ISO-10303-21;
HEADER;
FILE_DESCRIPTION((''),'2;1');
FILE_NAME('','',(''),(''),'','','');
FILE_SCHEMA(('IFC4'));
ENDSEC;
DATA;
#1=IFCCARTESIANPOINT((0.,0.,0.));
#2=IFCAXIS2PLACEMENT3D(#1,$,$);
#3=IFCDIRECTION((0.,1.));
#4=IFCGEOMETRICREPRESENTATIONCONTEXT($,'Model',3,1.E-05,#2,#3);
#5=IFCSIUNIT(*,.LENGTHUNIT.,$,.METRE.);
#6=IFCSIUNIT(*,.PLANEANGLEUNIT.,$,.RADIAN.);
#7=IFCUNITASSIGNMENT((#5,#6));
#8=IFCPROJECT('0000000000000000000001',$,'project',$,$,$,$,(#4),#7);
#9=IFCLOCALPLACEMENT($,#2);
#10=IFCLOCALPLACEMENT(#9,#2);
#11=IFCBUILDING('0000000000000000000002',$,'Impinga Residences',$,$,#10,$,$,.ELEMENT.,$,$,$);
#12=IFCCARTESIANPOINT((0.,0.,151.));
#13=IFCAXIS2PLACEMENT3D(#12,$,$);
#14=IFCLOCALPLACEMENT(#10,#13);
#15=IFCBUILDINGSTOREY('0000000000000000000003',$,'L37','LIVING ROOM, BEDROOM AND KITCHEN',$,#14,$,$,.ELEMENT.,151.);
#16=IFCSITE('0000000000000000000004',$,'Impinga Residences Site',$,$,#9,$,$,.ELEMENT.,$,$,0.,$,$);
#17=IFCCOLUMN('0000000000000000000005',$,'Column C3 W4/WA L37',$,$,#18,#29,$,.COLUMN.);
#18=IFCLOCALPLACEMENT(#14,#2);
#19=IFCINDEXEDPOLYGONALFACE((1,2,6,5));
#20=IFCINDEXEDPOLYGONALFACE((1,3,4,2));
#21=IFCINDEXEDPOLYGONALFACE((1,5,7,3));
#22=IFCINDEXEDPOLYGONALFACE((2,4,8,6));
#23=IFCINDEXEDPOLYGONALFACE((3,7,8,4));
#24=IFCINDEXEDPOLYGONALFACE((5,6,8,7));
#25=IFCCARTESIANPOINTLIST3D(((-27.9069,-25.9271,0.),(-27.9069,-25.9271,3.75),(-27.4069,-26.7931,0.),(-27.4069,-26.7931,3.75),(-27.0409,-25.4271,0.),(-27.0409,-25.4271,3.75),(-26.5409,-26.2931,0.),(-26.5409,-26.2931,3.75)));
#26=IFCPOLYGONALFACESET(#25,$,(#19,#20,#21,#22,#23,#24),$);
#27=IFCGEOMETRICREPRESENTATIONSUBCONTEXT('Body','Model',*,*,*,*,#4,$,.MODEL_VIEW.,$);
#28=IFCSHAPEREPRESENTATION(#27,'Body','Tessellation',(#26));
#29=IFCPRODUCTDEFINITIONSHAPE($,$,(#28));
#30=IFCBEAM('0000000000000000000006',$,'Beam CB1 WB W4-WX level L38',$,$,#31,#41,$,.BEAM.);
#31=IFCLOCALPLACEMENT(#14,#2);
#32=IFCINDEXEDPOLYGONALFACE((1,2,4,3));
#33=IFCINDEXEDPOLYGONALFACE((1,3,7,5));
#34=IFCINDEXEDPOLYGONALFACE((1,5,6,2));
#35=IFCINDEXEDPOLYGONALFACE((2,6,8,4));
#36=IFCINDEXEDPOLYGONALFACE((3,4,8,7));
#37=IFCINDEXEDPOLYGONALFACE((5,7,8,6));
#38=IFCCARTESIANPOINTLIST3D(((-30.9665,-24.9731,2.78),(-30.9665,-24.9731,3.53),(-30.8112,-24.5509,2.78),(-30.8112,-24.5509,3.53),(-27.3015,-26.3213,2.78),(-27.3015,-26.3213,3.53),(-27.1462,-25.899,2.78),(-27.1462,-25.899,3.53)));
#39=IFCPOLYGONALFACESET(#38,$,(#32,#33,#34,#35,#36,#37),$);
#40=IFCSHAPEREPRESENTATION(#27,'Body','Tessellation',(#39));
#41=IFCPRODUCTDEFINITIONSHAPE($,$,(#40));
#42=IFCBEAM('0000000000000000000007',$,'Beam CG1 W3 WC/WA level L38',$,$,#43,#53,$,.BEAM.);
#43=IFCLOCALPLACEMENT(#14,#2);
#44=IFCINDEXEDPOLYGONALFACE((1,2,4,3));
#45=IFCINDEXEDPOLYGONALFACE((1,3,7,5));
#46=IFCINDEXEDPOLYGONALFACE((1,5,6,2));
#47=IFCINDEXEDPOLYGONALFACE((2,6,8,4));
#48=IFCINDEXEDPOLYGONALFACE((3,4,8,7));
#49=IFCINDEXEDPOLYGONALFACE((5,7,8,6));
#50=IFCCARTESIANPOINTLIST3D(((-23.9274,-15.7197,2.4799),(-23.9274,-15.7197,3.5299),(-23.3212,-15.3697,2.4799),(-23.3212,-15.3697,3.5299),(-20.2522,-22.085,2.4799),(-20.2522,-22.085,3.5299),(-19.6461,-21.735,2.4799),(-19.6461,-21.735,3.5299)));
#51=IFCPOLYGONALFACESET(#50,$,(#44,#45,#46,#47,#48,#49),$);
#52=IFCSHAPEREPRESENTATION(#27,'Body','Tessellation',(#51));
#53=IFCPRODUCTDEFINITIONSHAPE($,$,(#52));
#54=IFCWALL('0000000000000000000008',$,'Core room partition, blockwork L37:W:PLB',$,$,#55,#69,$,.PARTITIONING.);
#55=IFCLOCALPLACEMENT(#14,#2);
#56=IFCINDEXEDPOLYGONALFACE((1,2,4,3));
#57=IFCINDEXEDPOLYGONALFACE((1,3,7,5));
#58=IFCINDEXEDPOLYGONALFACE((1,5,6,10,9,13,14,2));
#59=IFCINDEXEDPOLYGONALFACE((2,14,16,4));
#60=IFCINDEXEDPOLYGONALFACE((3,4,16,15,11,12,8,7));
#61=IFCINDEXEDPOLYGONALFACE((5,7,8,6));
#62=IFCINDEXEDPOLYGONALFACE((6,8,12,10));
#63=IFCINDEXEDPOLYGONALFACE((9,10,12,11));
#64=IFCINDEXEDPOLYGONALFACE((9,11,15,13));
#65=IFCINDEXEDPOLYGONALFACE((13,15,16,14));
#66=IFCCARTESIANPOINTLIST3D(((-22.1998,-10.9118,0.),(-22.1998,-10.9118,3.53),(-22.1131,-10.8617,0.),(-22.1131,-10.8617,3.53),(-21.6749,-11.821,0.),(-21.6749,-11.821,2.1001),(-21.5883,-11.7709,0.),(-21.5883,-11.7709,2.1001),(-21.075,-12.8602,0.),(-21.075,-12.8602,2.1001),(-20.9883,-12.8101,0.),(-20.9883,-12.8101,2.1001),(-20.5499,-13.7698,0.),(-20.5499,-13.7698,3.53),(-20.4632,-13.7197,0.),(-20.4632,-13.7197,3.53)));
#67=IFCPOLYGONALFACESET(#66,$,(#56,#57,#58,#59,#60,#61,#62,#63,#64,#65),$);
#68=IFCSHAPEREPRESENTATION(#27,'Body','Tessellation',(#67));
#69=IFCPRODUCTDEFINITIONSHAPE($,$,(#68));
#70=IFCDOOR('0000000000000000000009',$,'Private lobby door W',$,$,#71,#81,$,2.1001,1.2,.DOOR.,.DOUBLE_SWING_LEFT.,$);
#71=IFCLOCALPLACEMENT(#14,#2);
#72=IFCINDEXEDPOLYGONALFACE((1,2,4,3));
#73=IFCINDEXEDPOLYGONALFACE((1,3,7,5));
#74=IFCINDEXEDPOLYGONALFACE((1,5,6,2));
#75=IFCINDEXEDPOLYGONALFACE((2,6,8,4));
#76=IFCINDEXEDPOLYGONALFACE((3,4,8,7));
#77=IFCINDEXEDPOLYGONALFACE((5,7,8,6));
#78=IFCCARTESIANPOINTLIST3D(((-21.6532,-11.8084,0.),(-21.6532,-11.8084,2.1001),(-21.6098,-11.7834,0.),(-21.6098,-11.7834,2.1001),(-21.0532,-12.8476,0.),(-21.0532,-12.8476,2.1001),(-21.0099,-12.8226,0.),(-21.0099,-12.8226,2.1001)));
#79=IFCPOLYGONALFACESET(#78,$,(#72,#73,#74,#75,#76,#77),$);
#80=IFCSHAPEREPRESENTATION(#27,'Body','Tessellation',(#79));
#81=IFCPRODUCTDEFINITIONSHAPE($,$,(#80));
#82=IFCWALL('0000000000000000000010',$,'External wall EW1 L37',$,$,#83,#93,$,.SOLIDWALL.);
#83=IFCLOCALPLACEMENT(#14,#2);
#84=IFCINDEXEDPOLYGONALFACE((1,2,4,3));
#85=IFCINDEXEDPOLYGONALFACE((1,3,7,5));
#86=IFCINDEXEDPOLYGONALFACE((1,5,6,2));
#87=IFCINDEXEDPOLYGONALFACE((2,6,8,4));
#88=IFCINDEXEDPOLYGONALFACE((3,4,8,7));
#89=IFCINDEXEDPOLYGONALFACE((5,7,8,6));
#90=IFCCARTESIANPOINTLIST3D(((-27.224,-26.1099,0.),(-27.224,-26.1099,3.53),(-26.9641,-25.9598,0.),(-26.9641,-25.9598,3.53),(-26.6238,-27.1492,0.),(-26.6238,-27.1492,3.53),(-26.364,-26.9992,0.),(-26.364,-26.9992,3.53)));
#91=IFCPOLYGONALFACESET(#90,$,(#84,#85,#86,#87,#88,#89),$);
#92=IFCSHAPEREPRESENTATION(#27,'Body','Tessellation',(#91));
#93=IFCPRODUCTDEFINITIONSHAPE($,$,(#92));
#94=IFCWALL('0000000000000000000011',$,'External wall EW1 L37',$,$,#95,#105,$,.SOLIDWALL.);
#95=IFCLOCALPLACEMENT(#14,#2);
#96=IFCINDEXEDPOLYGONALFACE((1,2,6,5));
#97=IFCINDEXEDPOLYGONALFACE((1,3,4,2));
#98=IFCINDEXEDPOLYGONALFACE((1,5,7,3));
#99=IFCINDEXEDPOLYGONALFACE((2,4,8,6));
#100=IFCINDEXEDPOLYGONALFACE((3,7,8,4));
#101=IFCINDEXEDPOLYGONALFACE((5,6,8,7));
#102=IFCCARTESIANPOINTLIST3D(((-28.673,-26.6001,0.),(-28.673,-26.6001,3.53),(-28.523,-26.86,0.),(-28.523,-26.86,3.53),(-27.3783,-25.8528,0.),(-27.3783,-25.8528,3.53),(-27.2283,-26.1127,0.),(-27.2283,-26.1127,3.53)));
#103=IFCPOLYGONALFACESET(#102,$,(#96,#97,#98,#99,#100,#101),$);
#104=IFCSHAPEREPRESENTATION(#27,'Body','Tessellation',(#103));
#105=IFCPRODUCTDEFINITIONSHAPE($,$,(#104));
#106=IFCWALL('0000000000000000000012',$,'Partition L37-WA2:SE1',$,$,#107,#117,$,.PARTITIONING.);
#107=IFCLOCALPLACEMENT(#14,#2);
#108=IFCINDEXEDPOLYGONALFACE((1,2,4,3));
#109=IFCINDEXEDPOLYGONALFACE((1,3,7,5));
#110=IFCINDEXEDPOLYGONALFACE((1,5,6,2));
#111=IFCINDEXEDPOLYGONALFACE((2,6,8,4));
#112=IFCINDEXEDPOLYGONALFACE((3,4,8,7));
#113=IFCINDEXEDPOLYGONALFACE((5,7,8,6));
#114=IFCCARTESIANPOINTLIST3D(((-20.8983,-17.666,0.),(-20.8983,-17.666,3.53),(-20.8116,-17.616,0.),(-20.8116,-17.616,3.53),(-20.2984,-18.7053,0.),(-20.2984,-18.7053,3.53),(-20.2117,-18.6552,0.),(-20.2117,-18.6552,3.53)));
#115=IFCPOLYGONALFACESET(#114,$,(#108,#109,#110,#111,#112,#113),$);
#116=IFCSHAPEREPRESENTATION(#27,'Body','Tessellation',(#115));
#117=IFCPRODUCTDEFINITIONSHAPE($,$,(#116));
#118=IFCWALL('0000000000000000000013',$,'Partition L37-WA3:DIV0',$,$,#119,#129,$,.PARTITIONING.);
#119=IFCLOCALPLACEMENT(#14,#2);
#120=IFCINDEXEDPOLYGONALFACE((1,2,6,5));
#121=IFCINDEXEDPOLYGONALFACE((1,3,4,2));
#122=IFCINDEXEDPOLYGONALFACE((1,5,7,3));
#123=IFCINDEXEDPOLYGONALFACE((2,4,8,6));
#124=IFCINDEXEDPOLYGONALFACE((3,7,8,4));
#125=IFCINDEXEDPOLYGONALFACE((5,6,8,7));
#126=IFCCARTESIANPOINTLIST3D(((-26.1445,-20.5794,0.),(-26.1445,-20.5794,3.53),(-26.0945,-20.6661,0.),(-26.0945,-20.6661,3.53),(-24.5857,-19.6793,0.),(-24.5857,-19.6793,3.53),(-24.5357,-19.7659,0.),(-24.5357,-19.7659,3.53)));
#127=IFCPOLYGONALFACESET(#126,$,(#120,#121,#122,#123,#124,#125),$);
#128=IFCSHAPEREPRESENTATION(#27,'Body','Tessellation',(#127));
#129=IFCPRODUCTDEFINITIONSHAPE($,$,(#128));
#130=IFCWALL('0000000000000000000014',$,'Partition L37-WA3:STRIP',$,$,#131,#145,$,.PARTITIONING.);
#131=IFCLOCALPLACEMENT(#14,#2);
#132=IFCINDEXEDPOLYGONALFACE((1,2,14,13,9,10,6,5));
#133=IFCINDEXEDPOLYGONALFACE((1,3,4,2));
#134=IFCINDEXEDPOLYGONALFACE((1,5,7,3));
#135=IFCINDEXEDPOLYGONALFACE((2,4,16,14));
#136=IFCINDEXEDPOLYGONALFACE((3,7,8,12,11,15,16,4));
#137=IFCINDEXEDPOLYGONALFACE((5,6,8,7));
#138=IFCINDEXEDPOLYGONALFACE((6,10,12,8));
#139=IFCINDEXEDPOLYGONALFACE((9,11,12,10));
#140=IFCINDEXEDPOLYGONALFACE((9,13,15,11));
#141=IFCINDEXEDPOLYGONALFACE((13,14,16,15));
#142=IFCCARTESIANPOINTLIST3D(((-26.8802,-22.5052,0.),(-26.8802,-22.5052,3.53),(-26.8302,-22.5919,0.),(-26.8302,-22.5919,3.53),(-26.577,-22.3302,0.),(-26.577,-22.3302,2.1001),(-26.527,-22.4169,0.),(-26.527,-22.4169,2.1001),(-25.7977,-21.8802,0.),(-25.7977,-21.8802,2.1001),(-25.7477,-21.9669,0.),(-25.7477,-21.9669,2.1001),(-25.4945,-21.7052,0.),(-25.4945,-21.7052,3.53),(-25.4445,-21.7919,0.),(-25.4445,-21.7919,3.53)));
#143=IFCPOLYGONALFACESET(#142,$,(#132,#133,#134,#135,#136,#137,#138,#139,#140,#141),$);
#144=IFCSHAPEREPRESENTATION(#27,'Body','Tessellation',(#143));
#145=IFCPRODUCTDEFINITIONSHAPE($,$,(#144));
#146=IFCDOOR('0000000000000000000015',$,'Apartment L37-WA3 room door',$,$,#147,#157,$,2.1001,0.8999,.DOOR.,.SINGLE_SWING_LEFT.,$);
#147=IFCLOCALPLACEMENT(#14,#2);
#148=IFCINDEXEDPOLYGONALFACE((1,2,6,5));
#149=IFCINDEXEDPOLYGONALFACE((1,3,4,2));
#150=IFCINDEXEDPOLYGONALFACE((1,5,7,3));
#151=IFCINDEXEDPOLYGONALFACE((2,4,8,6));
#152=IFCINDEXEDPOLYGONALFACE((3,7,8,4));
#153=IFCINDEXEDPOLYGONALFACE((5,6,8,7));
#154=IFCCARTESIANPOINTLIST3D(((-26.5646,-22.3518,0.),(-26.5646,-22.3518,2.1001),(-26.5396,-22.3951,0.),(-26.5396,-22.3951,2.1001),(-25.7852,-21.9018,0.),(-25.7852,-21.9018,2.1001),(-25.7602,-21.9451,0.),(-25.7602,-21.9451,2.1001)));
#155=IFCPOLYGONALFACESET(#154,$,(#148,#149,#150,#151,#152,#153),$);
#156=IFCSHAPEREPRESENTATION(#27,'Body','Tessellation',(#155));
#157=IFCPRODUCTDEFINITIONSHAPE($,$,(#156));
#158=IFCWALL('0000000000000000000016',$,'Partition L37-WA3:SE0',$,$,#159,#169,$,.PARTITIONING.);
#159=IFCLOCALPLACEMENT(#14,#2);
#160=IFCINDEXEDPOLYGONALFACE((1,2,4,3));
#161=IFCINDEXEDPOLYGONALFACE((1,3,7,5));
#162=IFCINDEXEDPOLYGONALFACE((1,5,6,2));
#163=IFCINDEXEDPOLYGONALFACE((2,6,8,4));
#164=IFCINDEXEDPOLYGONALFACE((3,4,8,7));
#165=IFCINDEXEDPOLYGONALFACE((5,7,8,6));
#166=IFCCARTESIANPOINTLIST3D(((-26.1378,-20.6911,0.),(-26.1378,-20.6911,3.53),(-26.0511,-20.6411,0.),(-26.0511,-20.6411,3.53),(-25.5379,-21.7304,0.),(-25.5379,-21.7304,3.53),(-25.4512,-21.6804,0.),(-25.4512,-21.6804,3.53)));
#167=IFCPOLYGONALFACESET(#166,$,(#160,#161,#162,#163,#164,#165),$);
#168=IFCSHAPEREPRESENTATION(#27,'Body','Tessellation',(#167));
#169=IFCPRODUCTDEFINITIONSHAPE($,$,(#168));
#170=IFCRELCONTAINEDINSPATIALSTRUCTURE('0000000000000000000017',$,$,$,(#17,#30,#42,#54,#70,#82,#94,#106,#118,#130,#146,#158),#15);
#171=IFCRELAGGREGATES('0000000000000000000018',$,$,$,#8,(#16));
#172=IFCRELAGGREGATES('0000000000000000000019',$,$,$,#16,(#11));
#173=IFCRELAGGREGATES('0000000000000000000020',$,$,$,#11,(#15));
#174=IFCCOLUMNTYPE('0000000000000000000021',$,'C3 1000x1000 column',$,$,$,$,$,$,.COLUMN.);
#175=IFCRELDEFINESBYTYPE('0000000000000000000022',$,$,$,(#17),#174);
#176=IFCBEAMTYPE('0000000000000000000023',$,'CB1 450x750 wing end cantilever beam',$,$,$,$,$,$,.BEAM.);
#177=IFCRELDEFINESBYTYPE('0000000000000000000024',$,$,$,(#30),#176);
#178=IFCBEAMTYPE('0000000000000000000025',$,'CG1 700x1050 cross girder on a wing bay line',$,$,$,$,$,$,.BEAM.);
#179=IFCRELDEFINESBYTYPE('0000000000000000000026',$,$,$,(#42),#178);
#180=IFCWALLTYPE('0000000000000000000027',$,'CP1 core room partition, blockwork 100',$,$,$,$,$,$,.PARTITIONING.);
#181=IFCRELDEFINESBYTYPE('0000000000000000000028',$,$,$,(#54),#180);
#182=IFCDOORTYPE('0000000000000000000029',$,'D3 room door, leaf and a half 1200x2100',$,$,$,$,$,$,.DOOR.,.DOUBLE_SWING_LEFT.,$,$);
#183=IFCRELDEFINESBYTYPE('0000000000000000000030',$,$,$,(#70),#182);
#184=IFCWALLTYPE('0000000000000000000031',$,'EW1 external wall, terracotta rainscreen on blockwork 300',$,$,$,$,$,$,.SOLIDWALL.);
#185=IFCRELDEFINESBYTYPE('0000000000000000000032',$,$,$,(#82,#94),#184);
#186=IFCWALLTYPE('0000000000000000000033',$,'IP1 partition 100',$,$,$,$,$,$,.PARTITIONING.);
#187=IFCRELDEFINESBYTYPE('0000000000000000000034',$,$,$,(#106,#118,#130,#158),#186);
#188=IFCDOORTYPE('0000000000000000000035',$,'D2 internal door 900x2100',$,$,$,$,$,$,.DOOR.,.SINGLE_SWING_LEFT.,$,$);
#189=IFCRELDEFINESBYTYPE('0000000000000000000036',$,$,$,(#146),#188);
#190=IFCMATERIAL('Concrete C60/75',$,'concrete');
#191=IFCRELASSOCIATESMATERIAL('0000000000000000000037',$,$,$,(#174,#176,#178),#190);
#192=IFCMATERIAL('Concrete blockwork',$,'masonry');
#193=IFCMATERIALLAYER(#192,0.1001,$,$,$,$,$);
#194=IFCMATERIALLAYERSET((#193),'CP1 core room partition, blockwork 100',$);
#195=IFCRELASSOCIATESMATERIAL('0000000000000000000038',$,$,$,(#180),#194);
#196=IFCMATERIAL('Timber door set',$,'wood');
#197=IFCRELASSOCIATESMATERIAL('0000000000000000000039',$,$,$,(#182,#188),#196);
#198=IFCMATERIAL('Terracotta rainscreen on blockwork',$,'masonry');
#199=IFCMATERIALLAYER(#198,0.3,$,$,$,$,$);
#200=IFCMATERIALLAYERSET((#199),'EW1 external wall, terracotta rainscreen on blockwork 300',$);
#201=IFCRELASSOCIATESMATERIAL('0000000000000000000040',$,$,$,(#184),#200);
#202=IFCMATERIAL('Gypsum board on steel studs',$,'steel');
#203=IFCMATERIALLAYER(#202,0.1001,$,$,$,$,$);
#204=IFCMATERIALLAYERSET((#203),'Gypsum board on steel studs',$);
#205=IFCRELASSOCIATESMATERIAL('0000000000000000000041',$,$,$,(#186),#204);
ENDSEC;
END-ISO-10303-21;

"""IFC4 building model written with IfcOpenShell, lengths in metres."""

from ifc_helpers import new_model, si_unit, direction, frame, frame_2d, origin, origin_2d, place, context, subcontext, project, spatial, rectangle, extrude, material, layer, layer_set, material_profile, profile_set, type_object, element, fill, save


model = new_model("IFC4")

# Units and contexts
model_context = context("Model", 3, precision=1e-05, world=origin(), true_north=direction((0.0, 1.0)))
body_context = subcontext(model_context, "Body", "Model", "MODEL_VIEW")
ifc_project = project(units=[si_unit("LENGTHUNIT", "METRE"), si_unit("PLANEANGLEUNIT", "RADIAN")], contexts=[model_context])

# Site, building, storey
site_placement = place(None, origin())
site = spatial("IfcSite", under=ifc_project, at=site_placement, Name="Impinga Residences Site", CompositionType="ELEMENT", RefElevation=0.0)
building_placement = place(site_placement, origin())
building = spatial("IfcBuilding", under=site, at=building_placement, Name="Impinga Residences", CompositionType="ELEMENT")
storey_placement = place(building_placement, frame((0.0, 0.0, 151.0)))
storey = spatial("IfcBuildingStorey", under=building, at=storey_placement, Name="L37", Description="LIVING ROOM, BEDROOM AND KITCHEN", CompositionType="ELEMENT", Elevation=151.0)

# Column
ifc_material_1 = material(Name="Concrete C60/75", Category="concrete")
ifc_material_profile_1 = material_profile(ifc_material_1, rectangle(XDim=1.0, YDim=1.0, at=origin_2d()), Name="RC 1000x1000")
ifc_profile_set_1 = profile_set([ifc_material_profile_1], Name="Concrete C60/75")
column_type = type_object("IfcColumnType", Name="C3 1000x1000 column", PredefinedType="COLUMN", material=ifc_profile_set_1)
column_placement = place(storey_placement, frame((-27.2239, -26.1101, 0.0), z_axis=(0.0, 0.0, 1.0), x_axis=(-0.5, 0.866025, 0.0)))
element("IfcColumn", 1, at=column_placement, inside=storey, type_object=column_type, Name="Column C3 W4/WA L37", PredefinedType="COLUMN", context=body_context, shape_type="SweptSolid", body=[
    extrude(rectangle(XDim=1.0, YDim=1.0, at=origin_2d()), origin(), (0.0, 0.0, 1.0), 3.75),
])

# Beams
ifc_material_profile_2 = material_profile(ifc_material_1, rectangle(XDim=0.45, YDim=0.75, at=origin_2d()), Name="RC 450x750")
ifc_profile_set_2 = profile_set([ifc_material_profile_2], Name="Concrete C60/75")
beam_type_1 = type_object("IfcBeamType", Name="CB1 450x750 wing end cantilever beam", PredefinedType="BEAM", material=ifc_profile_set_2)
beam_1_placement = place(storey_placement, frame((-27.2239, -26.1101, 3.155), z_axis=(-0.93852, 0.345224, 0.0), x_axis=(-0.345224, -0.93852, 0.0)))
element("IfcBeam", 2, at=beam_1_placement, inside=storey, type_object=beam_type_1, Name="Beam CB1 WB W4-WX level L38", PredefinedType="BEAM", context=body_context, shape_type="SweptSolid", body=[
    extrude(rectangle(XDim=0.45, YDim=0.75, at=origin_2d()), origin(), (0.0, 0.0, 1.0), 3.905),
])
ifc_material_profile_3 = material_profile(ifc_material_1, rectangle(XDim=0.7, YDim=1.05, at=origin_2d()), Name="RC 700x1050")
ifc_profile_set_3 = profile_set([ifc_material_profile_3], Name="Concrete C60/75")
beam_type_2 = type_object("IfcBeamType", Name="CG1 700x1050 cross girder on a wing bay line", PredefinedType="BEAM", material=ifc_profile_set_3)
beam_2_placement = place(storey_placement, frame((-23.6243, -15.5447, 3.0049), z_axis=(0.500008, -0.866021, 0.0), x_axis=(0.866021, 0.500008, 0.0)))
element("IfcBeam", 3, at=beam_2_placement, inside=storey, type_object=beam_type_2, Name="Beam CG1 W3 WC/WA level L38", PredefinedType="BEAM", context=body_context, shape_type="SweptSolid", body=[
    extrude(rectangle(XDim=0.7, YDim=1.05, at=origin_2d()), origin(), (0.0, 0.0, 1.0), 7.3501),
])

# Wall, opening, door
ifc_material_2 = material(Name="Concrete blockwork", Category="masonry")
ifc_layer_1 = layer(ifc_material_2, 0.1001)
ifc_layer_set_1 = layer_set([ifc_layer_1], Name="CP1 core room partition, blockwork 100")
wall_type_1 = type_object("IfcWallType", Name="CP1 core room partition, blockwork 100", PredefinedType="PARTITIONING", material=ifc_layer_set_1)
wall_1_placement = place(storey_placement, frame((-20.5066, -13.7446, 0.0), z_axis=(0.0, 0.0, 1.0), x_axis=(-0.499974, 0.86604, 0.0)))
wall_1 = element("IfcWall", 4, at=wall_1_placement, inside=storey, type_object=wall_type_1, Name="Core room partition, blockwork L37:W:PLB", PredefinedType="PARTITIONING", context=body_context, shape_type="SweptSolid", body=[
    extrude(rectangle(XDim=3.3, YDim=0.1001, at=frame_2d((1.6499, 0.0))), origin(), (0.0, 0.0, 1.0), 3.53),
])
opening_1_placement = place(wall_1_placement, frame((1.05, 0.0, 0.0)))
opening_1 = element("IfcOpeningElement", 5, at=opening_1_placement, cuts=wall_1, PredefinedType="OPENING", context=body_context, shape_type="SweptSolid", body=[
    extrude(rectangle(XDim=1.2, YDim=2.1001, at=frame_2d((0.6001, 1.05))), frame((0.0, 0.0601, 0.0), z_axis=(0.0, -1.0, 0.0), x_axis=(1.0, 0.0, 0.0)), (0.0, 0.0, 1.0), 0.1201),
])
ifc_material_3 = material(Name="Timber door set", Category="wood")
door_type_1 = type_object("IfcDoorType", Name="D3 room door, leaf and a half 1200x2100", OperationType="DOUBLE_SWING_LEFT", PredefinedType="DOOR", material=ifc_material_3)
door_1_placement = place(opening_1_placement, origin())
door_1 = element("IfcDoor", 6, at=door_1_placement, inside=storey, type_object=door_type_1, Name="Private lobby door W", OperationType="DOUBLE_SWING_LEFT", OverallHeight=2.1001, OverallWidth=1.2, PredefinedType="DOOR", context=body_context, shape_type="SweptSolid", body=[
    extrude(rectangle(XDim=1.2, YDim=2.1001, at=frame_2d((0.6001, 1.05))), frame((0.0, 0.0249, 0.0), z_axis=(0.0, -1.0, 0.0), x_axis=(1.0, 0.0, 0.0)), (0.0, 0.0, 1.0), 0.05),
])
fill(opening_1, door_1)

# Walls
ifc_material_4 = material(Name="Terracotta rainscreen on blockwork", Category="masonry")
ifc_layer_2 = layer(ifc_material_4, 0.3)
ifc_layer_set_2 = layer_set([ifc_layer_2], Name="EW1 external wall, terracotta rainscreen on blockwork 300")
wall_type_2 = type_object("IfcWallType", Name="EW1 external wall, terracotta rainscreen on blockwork 300", PredefinedType="SOLIDWALL", material=ifc_layer_set_2)
wall_2_placement = place(storey_placement, frame((-26.4939, -27.0742, 0.0), z_axis=(0.0, 0.0, 1.0), x_axis=(-0.500034, 0.866006, 0.0)))
element("IfcWall", 7, at=wall_2_placement, inside=storey, type_object=wall_type_2, Name="External wall EW1 L37", PredefinedType="SOLIDWALL", context=body_context, shape_type="SweptSolid", body=[
    extrude(rectangle(XDim=1.2002, YDim=0.3, at=frame_2d((0.6001, 0.0))), origin(), (0.0, 0.0, 1.0), 3.53),
])
wall_3_placement = place(storey_placement, frame((-27.3032, -25.9827, 0.0), z_axis=(0.0, 0.0, 1.0), x_axis=(-0.866074, -0.499916, 0.0)))
element("IfcWall", 8, at=wall_3_placement, inside=storey, type_object=wall_type_2, Name="External wall EW1 L37", PredefinedType="SOLIDWALL", context=body_context, shape_type="SweptSolid", body=[
    extrude(rectangle(XDim=1.4949, YDim=0.3, at=frame_2d((0.7476, 0.0))), origin(), (0.0, 0.0, 1.0), 3.53),
])
ifc_material_5 = material(Name="Gypsum board on steel studs", Category="steel")
ifc_layer_3 = layer(ifc_material_5, 0.1001)
ifc_layer_set_3 = layer_set([ifc_layer_3], Name="Gypsum board on steel studs")
wall_type_3 = type_object("IfcWallType", Name="IP1 partition 100", PredefinedType="PARTITIONING", material=ifc_layer_set_3)
wall_4_placement = place(storey_placement, frame((-20.855, -17.6409, 0.0), z_axis=(0.0, 0.0, 1.0), x_axis=(0.499881, -0.866094, 0.0)))
element("IfcWall", 9, at=wall_4_placement, inside=storey, type_object=wall_type_3, Name="Partition L37-WA2:SE1", PredefinedType="PARTITIONING", context=body_context, shape_type="SweptSolid", body=[
    extrude(rectangle(XDim=1.2, YDim=0.1001, at=frame_2d((0.6001, 0.0))), origin(), (0.0, 0.0, 1.0), 3.53),
])
wall_5_placement = place(storey_placement, frame((-24.5608, -19.7227, 0.0), z_axis=(0.0, 0.0, 1.0), x_axis=(-0.865989, -0.500063, 0.0)))
element("IfcWall", 10, at=wall_5_placement, inside=storey, type_object=wall_type_3, Name="Partition L37-WA3:DIV0", PredefinedType="PARTITIONING", context=body_context, shape_type="SweptSolid", body=[
    extrude(rectangle(XDim=1.8, YDim=0.1001, at=frame_2d((0.8999, 0.0))), origin(), (0.0, 0.0, 1.0), 3.53),
])

# Wall, opening, door
wall_6_placement = place(storey_placement, frame((-25.4695, -21.7485, 0.0), z_axis=(0.0, 0.0, 1.0), x_axis=(-0.866028, -0.499995, 0.0)))
wall_6 = element("IfcWall", 11, at=wall_6_placement, inside=storey, type_object=wall_type_3, Name="Partition L37-WA3:STRIP", PredefinedType="PARTITIONING", context=body_context, shape_type="SweptSolid", body=[
    extrude(rectangle(XDim=1.6001, YDim=0.1001, at=frame_2d((0.8, 0.0))), origin(), (0.0, 0.0, 1.0), 3.53),
])
opening_2_placement = place(wall_6_placement, frame((0.3501, 0.0, 0.0)))
opening_2 = element("IfcOpeningElement", 12, at=opening_2_placement, cuts=wall_6, PredefinedType="OPENING", context=body_context, shape_type="SweptSolid", body=[
    extrude(rectangle(XDim=0.8999, YDim=2.1001, at=frame_2d((0.45, 1.05))), frame((0.0, 0.0601, 0.0), z_axis=(0.0, -1.0, 0.0), x_axis=(1.0, 0.0, 0.0)), (0.0, 0.0, 1.0), 0.1201),
])
door_type_2 = type_object("IfcDoorType", Name="D2 internal door 900x2100", OperationType="SINGLE_SWING_LEFT", PredefinedType="DOOR", material=ifc_material_3)
door_2_placement = place(opening_2_placement, origin())
door_2 = element("IfcDoor", 13, at=door_2_placement, inside=storey, type_object=door_type_2, Name="Apartment L37-WA3 room door", OperationType="SINGLE_SWING_LEFT", OverallHeight=2.1001, OverallWidth=0.8999, PredefinedType="DOOR", context=body_context, shape_type="SweptSolid", body=[
    extrude(rectangle(XDim=0.8999, YDim=2.1001, at=frame_2d((0.45, 1.05))), frame((0.0, 0.0249, 0.0), z_axis=(0.0, -1.0, 0.0), x_axis=(1.0, 0.0, 0.0)), (0.0, 0.0, 1.0), 0.05),
])
fill(opening_2, door_2)

# Wall
wall_7_placement = place(storey_placement, frame((-26.0945, -20.666, 0.0), z_axis=(0.0, 0.0, 1.0), x_axis=(0.499881, -0.866094, 0.0)))
element("IfcWall", 14, at=wall_7_placement, inside=storey, type_object=wall_type_3, Name="Partition L37-WA3:SE0", PredefinedType="PARTITIONING", context=body_context, shape_type="SweptSolid", body=[
    extrude(rectangle(XDim=1.2, YDim=0.1001, at=frame_2d((0.6001, 0.0))), origin(), (0.0, 0.0, 1.0), 3.53),
])

save(model, "model.ifc")
